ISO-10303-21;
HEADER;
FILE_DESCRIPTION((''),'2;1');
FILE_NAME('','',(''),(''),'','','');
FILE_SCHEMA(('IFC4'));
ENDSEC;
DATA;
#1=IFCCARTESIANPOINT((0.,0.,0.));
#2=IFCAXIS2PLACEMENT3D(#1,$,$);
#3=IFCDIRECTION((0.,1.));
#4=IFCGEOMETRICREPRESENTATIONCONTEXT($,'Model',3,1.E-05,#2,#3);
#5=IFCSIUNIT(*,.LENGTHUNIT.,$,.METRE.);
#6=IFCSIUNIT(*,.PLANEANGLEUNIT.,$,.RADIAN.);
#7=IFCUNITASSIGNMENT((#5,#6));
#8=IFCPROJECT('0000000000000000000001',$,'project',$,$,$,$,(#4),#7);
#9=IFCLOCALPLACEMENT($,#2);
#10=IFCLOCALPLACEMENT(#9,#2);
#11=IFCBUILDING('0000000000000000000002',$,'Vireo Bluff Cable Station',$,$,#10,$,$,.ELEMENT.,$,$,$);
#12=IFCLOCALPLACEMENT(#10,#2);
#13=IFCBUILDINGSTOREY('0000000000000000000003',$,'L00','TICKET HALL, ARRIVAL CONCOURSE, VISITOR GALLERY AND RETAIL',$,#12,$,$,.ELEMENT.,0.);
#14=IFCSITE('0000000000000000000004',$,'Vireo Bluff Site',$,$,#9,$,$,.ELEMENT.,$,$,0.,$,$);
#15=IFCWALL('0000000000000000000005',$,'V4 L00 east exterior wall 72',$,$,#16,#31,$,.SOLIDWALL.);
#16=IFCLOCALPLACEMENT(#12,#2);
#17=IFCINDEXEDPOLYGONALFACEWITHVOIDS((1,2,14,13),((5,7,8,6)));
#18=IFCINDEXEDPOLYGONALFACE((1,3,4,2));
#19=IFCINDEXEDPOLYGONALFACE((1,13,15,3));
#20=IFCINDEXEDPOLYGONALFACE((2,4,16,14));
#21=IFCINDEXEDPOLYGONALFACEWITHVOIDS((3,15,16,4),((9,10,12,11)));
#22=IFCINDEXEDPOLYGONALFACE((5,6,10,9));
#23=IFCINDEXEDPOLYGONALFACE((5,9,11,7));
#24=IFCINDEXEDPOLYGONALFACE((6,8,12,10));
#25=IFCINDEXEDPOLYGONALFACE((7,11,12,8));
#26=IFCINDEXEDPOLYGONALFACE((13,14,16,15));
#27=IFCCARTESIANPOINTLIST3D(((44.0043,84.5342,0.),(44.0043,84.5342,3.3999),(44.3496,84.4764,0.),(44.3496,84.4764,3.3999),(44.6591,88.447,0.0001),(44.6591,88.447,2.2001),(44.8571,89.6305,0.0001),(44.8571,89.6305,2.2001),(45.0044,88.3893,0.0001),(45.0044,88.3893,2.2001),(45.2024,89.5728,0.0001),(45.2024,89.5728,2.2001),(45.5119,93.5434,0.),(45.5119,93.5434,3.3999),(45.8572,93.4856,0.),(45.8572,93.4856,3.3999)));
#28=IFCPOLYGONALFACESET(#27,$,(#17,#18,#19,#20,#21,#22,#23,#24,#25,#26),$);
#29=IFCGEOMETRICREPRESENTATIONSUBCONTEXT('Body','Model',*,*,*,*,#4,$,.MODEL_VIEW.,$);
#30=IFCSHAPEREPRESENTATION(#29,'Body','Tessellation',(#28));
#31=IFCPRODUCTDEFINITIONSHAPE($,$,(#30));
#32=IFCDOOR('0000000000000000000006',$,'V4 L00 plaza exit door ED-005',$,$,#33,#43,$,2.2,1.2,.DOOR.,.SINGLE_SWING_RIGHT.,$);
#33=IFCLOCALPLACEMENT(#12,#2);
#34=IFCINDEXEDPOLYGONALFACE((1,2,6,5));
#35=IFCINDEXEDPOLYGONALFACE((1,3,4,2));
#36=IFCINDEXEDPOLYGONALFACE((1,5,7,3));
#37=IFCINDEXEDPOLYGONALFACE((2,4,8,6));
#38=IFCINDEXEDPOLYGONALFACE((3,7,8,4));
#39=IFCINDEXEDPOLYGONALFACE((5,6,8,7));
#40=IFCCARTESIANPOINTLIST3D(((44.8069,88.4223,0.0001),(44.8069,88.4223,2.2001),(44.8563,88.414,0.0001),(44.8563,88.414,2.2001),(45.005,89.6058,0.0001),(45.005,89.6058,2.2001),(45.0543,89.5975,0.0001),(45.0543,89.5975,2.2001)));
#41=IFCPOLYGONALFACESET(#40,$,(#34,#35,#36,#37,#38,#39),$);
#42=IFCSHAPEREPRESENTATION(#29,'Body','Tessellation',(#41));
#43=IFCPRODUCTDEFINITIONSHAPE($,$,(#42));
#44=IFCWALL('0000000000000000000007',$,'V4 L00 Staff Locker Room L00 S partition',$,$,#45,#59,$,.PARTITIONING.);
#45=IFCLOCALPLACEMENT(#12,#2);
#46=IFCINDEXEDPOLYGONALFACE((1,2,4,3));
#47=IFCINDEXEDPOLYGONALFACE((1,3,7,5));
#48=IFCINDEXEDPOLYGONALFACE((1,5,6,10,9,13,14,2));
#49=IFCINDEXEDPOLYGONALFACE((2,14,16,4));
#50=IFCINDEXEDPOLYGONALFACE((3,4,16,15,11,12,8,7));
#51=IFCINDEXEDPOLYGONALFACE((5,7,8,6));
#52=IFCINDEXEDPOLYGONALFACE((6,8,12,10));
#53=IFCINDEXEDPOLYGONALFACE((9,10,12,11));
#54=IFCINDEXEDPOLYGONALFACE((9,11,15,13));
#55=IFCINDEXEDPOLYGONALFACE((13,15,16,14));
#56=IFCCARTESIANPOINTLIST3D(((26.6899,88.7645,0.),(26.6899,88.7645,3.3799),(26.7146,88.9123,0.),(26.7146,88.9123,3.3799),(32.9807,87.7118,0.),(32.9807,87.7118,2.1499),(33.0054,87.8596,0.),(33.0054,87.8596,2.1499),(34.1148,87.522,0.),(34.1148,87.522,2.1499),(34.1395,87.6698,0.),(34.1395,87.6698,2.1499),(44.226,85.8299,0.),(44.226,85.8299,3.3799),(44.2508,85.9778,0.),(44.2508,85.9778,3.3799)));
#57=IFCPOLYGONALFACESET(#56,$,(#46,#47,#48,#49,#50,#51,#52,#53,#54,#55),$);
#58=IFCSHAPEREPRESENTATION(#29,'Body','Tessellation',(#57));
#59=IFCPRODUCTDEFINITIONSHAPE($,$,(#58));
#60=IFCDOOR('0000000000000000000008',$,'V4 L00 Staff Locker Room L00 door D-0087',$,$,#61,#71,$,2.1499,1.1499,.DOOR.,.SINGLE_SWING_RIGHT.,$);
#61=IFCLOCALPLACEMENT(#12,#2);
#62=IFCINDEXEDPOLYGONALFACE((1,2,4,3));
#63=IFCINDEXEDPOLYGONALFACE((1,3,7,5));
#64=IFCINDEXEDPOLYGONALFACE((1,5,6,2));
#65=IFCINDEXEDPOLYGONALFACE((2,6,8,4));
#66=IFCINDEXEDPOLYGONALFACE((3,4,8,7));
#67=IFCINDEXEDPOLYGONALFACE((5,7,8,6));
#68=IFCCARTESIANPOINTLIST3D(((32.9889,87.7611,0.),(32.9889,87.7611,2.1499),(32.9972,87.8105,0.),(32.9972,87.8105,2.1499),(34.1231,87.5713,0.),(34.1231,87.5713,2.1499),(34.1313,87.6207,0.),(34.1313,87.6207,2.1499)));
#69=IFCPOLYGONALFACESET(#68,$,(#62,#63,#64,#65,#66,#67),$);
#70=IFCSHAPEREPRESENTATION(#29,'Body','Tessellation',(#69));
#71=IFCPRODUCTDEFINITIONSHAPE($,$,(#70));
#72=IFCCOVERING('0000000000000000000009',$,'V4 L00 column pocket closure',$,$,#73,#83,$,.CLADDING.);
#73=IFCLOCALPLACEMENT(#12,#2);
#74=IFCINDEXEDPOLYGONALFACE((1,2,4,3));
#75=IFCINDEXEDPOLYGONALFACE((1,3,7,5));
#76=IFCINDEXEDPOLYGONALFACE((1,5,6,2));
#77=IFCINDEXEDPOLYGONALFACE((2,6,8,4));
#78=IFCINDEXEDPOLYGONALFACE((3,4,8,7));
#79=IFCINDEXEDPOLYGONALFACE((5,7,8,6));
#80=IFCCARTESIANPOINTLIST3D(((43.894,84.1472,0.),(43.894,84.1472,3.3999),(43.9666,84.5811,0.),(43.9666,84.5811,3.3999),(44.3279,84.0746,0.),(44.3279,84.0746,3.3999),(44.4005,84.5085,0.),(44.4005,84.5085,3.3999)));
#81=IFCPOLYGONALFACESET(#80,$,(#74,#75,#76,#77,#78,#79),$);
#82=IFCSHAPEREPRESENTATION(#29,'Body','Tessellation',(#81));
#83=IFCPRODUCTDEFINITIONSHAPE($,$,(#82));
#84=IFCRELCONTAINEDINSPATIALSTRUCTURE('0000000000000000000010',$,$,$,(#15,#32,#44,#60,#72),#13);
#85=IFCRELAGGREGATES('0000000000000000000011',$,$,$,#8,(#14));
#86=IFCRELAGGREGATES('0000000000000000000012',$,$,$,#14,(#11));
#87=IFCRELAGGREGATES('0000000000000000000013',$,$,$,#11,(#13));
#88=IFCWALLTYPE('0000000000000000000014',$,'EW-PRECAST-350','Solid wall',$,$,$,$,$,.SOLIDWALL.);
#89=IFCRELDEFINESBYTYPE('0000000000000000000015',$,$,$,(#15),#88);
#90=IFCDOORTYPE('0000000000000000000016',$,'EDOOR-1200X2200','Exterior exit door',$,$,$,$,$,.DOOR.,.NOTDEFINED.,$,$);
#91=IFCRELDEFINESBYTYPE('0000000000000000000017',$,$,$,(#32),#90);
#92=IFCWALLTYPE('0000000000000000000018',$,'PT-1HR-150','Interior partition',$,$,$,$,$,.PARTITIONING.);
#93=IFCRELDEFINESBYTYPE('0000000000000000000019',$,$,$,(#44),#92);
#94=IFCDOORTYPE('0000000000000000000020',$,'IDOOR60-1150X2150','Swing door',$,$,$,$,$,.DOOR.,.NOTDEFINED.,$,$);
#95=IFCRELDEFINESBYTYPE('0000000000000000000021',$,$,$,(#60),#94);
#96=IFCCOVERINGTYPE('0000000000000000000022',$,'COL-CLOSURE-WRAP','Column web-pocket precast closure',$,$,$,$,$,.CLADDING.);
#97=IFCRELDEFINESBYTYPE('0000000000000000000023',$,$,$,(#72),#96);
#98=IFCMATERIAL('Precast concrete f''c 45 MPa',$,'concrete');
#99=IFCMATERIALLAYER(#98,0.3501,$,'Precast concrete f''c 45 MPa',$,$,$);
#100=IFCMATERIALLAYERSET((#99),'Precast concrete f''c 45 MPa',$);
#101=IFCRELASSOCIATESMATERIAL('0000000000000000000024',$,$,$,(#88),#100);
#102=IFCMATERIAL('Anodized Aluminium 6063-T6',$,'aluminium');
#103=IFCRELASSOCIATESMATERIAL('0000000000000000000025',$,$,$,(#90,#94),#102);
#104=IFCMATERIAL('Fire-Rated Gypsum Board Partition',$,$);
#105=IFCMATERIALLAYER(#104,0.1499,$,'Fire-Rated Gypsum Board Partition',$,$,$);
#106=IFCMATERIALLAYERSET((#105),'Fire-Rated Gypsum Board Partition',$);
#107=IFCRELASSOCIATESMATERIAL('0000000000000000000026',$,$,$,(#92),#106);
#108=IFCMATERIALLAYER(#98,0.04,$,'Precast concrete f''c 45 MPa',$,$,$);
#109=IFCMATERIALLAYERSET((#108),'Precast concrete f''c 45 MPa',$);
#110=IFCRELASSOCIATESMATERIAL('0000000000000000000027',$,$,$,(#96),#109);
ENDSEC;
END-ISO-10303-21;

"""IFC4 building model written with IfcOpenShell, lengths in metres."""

from ifc_helpers import new_model, si_unit, direction, frame, frame_2d, origin, origin_with_axes, origin_2d, place, context, subcontext, project, spatial, rectangle, extrude, material, layer, layer_set, type_object, element, fill, save


model = new_model("IFC4")

# Units and contexts
model_context = context("Model", 3, precision=1e-05, world=origin(), true_north=direction((0.0, 1.0)))
body_context = subcontext(model_context, "Body", "Model", "MODEL_VIEW")
ifc_project = project(units=[si_unit("LENGTHUNIT", "METRE"), si_unit("PLANEANGLEUNIT", "RADIAN")], contexts=[model_context])

# Site, building, storey
site_placement = place(None, origin())
site = spatial("IfcSite", under=ifc_project, at=site_placement, Name="Vireo Bluff Site", CompositionType="ELEMENT", RefElevation=0.0)
building_placement = place(site_placement, origin())
building = spatial("IfcBuilding", under=site, at=building_placement, Name="Vireo Bluff Cable Station", CompositionType="ELEMENT")
storey_placement = place(building_placement, origin())
storey = spatial("IfcBuildingStorey", under=building, at=storey_placement, Name="L00", Description="TICKET HALL, ARRIVAL CONCOURSE, VISITOR GALLERY AND RETAIL", CompositionType="ELEMENT", Elevation=0.0)

# Shared definitions
ifc_material_1 = material(Name="Anodized Aluminium 6063-T6", Category="aluminium")

# Walls, openings, doors
ifc_material_2 = material(Name="Precast concrete f'c 45 MPa", Category="concrete")
ifc_layer_1 = layer(ifc_material_2, 0.3501, Name="Precast concrete f'c 45 MPa")
ifc_layer_set_1 = layer_set([ifc_layer_1], Name="Precast concrete f'c 45 MPa")
wall_type_1 = type_object("IfcWallType", Name="EW-PRECAST-350", Description="Solid wall", PredefinedType="SOLIDWALL", material=ifc_layer_set_1)
wall_1_placement = place(storey_placement, frame((45.6846, 93.5146, 0.0), z_axis=(0.0, 0.0, 1.0), x_axis=(-0.16504, -0.986287, 0.0)))
wall_1 = element("IfcWall", 1, at=wall_1_placement, inside=storey, type_object=wall_type_1, Name="V4 L00 east exterior wall 72", PredefinedType="SOLIDWALL", context=body_context, shape_type="SweptSolid", body=[
    extrude(rectangle(XDim=9.1345, YDim=0.3501, at=frame_2d((4.5674, 0.0))), origin(), (0.0, 0.0, 1.0), 3.3999),
])
opening_1_placement = place(wall_1_placement, frame((3.9673, 0.0, 0.0)))
opening_1 = element("IfcOpeningElement", 2, at=opening_1_placement, cuts=wall_1, PredefinedType="OPENING", context=body_context, shape_type="SweptSolid", body=[
    extrude(rectangle(XDim=1.2, YDim=2.2, at=frame_2d((0.6001, 1.1001))), frame((0.0, 0.1851, 0.0), z_axis=(0.0, -1.0, 0.0), x_axis=(1.0, 0.0, 0.0)), (0.0, 0.0, 1.0), 0.3701),
])
door_type_1 = type_object("IfcDoorType", Name="EDOOR-1200X2200", Description="Exterior exit door", OperationType="NOTDEFINED", PredefinedType="DOOR", material=ifc_material_1)
door_1_placement = place(opening_1_placement, origin_with_axes())
door_1 = element("IfcDoor", 3, at=door_1_placement, inside=storey, type_object=door_type_1, Name="V4 L00 plaza exit door ED-005", OperationType="SINGLE_SWING_RIGHT", OverallHeight=2.2, OverallWidth=1.2, PredefinedType="DOOR", context=body_context, shape_type="SweptSolid", body=[
    extrude(rectangle(XDim=1.2, YDim=2.2, at=frame_2d((0.6001, 1.1001))), frame((0.0, 0.0249, 0.0), z_axis=(0.0, -1.0, 0.0), x_axis=(1.0, 0.0, 0.0)), (0.0, 0.0, 1.0), 0.05),
])
fill(opening_1, door_1)
ifc_material_3 = material(Name="Fire-Rated Gypsum Board Partition")
ifc_layer_2 = layer(ifc_material_3, 0.1499, Name="Fire-Rated Gypsum Board Partition")
ifc_layer_set_2 = layer_set([ifc_layer_2], Name="Fire-Rated Gypsum Board Partition")
wall_type_2 = type_object("IfcWallType", Name="PT-1HR-150", Description="Interior partition", PredefinedType="PARTITIONING", material=ifc_layer_set_2)
wall_2_placement = place(storey_placement, frame((44.2385, 85.9038, 0.0), z_axis=(0.0, 0.0, 1.0), x_axis=(-0.986285, 0.165049, 0.0)))
wall_2 = element("IfcWall", 4, at=wall_2_placement, inside=storey, type_object=wall_type_2, Name="V4 L00 Staff Locker Room L00 S partition", PredefinedType="PARTITIONING", context=body_context, shape_type="SweptSolid", body=[
    extrude(rectangle(XDim=17.78, YDim=0.1499, at=frame_2d((8.8901, 0.0))), origin(), (0.0, 0.0, 1.0), 3.3799),
])
opening_2_placement = place(wall_2_placement, frame((10.252, 0.0, 0.0)))
opening_2 = element("IfcOpeningElement", 5, at=opening_2_placement, cuts=wall_2, PredefinedType="OPENING", context=body_context, shape_type="SweptSolid", body=[
    extrude(rectangle(XDim=1.1499, YDim=2.1499, at=frame_2d((0.575, 1.075))), frame((0.0, 0.085, 0.0), z_axis=(0.0, -1.0, 0.0), x_axis=(1.0, 0.0, 0.0)), (0.0, 0.0, 1.0), 0.1699),
])
door_type_2 = type_object("IfcDoorType", Name="IDOOR60-1150X2150", Description="Swing door", OperationType="NOTDEFINED", PredefinedType="DOOR", material=ifc_material_1)
door_2_placement = place(opening_2_placement, origin_with_axes())
door_2 = element("IfcDoor", 6, at=door_2_placement, inside=storey, type_object=door_type_2, Name="V4 L00 Staff Locker Room L00 door D-0087", OperationType="SINGLE_SWING_RIGHT", OverallHeight=2.1499, OverallWidth=1.1499, PredefinedType="DOOR", context=body_context, shape_type="SweptSolid", body=[
    extrude(rectangle(XDim=1.1499, YDim=2.1499, at=frame_2d((0.575, 1.075))), frame((0.0, 0.0249, 0.0), z_axis=(0.0, -1.0, 0.0), x_axis=(1.0, 0.0, 0.0)), (0.0, 0.0, 1.0), 0.05),
])
fill(opening_2, door_2)

# Covering
ifc_layer_3 = layer(ifc_material_2, 0.04, Name="Precast concrete f'c 45 MPa")
ifc_layer_set_3 = layer_set([ifc_layer_3], Name="Precast concrete f'c 45 MPa")
covering_type = type_object("IfcCoveringType", Name="COL-CLOSURE-WRAP", Description="Column web-pocket precast closure", PredefinedType="CLADDING", material=ifc_layer_set_3)
covering_placement = place(storey_placement, frame((44.1472, 84.3279, 0.0), z_axis=(0.0, 0.0, 1.0), x_axis=(0.986286, -0.165048, 0.0)))
element("IfcCovering", 7, at=covering_placement, inside=storey, type_object=covering_type, Name="V4 L00 column pocket closure", PredefinedType="CLADDING", context=body_context, shape_type="SweptSolid", body=[
    extrude(rectangle(XDim=0.4399, YDim=0.4399, at=origin_2d()), origin(), (0.0, 0.0, 1.0), 3.3999),
])

save(model, "model.ifc")
